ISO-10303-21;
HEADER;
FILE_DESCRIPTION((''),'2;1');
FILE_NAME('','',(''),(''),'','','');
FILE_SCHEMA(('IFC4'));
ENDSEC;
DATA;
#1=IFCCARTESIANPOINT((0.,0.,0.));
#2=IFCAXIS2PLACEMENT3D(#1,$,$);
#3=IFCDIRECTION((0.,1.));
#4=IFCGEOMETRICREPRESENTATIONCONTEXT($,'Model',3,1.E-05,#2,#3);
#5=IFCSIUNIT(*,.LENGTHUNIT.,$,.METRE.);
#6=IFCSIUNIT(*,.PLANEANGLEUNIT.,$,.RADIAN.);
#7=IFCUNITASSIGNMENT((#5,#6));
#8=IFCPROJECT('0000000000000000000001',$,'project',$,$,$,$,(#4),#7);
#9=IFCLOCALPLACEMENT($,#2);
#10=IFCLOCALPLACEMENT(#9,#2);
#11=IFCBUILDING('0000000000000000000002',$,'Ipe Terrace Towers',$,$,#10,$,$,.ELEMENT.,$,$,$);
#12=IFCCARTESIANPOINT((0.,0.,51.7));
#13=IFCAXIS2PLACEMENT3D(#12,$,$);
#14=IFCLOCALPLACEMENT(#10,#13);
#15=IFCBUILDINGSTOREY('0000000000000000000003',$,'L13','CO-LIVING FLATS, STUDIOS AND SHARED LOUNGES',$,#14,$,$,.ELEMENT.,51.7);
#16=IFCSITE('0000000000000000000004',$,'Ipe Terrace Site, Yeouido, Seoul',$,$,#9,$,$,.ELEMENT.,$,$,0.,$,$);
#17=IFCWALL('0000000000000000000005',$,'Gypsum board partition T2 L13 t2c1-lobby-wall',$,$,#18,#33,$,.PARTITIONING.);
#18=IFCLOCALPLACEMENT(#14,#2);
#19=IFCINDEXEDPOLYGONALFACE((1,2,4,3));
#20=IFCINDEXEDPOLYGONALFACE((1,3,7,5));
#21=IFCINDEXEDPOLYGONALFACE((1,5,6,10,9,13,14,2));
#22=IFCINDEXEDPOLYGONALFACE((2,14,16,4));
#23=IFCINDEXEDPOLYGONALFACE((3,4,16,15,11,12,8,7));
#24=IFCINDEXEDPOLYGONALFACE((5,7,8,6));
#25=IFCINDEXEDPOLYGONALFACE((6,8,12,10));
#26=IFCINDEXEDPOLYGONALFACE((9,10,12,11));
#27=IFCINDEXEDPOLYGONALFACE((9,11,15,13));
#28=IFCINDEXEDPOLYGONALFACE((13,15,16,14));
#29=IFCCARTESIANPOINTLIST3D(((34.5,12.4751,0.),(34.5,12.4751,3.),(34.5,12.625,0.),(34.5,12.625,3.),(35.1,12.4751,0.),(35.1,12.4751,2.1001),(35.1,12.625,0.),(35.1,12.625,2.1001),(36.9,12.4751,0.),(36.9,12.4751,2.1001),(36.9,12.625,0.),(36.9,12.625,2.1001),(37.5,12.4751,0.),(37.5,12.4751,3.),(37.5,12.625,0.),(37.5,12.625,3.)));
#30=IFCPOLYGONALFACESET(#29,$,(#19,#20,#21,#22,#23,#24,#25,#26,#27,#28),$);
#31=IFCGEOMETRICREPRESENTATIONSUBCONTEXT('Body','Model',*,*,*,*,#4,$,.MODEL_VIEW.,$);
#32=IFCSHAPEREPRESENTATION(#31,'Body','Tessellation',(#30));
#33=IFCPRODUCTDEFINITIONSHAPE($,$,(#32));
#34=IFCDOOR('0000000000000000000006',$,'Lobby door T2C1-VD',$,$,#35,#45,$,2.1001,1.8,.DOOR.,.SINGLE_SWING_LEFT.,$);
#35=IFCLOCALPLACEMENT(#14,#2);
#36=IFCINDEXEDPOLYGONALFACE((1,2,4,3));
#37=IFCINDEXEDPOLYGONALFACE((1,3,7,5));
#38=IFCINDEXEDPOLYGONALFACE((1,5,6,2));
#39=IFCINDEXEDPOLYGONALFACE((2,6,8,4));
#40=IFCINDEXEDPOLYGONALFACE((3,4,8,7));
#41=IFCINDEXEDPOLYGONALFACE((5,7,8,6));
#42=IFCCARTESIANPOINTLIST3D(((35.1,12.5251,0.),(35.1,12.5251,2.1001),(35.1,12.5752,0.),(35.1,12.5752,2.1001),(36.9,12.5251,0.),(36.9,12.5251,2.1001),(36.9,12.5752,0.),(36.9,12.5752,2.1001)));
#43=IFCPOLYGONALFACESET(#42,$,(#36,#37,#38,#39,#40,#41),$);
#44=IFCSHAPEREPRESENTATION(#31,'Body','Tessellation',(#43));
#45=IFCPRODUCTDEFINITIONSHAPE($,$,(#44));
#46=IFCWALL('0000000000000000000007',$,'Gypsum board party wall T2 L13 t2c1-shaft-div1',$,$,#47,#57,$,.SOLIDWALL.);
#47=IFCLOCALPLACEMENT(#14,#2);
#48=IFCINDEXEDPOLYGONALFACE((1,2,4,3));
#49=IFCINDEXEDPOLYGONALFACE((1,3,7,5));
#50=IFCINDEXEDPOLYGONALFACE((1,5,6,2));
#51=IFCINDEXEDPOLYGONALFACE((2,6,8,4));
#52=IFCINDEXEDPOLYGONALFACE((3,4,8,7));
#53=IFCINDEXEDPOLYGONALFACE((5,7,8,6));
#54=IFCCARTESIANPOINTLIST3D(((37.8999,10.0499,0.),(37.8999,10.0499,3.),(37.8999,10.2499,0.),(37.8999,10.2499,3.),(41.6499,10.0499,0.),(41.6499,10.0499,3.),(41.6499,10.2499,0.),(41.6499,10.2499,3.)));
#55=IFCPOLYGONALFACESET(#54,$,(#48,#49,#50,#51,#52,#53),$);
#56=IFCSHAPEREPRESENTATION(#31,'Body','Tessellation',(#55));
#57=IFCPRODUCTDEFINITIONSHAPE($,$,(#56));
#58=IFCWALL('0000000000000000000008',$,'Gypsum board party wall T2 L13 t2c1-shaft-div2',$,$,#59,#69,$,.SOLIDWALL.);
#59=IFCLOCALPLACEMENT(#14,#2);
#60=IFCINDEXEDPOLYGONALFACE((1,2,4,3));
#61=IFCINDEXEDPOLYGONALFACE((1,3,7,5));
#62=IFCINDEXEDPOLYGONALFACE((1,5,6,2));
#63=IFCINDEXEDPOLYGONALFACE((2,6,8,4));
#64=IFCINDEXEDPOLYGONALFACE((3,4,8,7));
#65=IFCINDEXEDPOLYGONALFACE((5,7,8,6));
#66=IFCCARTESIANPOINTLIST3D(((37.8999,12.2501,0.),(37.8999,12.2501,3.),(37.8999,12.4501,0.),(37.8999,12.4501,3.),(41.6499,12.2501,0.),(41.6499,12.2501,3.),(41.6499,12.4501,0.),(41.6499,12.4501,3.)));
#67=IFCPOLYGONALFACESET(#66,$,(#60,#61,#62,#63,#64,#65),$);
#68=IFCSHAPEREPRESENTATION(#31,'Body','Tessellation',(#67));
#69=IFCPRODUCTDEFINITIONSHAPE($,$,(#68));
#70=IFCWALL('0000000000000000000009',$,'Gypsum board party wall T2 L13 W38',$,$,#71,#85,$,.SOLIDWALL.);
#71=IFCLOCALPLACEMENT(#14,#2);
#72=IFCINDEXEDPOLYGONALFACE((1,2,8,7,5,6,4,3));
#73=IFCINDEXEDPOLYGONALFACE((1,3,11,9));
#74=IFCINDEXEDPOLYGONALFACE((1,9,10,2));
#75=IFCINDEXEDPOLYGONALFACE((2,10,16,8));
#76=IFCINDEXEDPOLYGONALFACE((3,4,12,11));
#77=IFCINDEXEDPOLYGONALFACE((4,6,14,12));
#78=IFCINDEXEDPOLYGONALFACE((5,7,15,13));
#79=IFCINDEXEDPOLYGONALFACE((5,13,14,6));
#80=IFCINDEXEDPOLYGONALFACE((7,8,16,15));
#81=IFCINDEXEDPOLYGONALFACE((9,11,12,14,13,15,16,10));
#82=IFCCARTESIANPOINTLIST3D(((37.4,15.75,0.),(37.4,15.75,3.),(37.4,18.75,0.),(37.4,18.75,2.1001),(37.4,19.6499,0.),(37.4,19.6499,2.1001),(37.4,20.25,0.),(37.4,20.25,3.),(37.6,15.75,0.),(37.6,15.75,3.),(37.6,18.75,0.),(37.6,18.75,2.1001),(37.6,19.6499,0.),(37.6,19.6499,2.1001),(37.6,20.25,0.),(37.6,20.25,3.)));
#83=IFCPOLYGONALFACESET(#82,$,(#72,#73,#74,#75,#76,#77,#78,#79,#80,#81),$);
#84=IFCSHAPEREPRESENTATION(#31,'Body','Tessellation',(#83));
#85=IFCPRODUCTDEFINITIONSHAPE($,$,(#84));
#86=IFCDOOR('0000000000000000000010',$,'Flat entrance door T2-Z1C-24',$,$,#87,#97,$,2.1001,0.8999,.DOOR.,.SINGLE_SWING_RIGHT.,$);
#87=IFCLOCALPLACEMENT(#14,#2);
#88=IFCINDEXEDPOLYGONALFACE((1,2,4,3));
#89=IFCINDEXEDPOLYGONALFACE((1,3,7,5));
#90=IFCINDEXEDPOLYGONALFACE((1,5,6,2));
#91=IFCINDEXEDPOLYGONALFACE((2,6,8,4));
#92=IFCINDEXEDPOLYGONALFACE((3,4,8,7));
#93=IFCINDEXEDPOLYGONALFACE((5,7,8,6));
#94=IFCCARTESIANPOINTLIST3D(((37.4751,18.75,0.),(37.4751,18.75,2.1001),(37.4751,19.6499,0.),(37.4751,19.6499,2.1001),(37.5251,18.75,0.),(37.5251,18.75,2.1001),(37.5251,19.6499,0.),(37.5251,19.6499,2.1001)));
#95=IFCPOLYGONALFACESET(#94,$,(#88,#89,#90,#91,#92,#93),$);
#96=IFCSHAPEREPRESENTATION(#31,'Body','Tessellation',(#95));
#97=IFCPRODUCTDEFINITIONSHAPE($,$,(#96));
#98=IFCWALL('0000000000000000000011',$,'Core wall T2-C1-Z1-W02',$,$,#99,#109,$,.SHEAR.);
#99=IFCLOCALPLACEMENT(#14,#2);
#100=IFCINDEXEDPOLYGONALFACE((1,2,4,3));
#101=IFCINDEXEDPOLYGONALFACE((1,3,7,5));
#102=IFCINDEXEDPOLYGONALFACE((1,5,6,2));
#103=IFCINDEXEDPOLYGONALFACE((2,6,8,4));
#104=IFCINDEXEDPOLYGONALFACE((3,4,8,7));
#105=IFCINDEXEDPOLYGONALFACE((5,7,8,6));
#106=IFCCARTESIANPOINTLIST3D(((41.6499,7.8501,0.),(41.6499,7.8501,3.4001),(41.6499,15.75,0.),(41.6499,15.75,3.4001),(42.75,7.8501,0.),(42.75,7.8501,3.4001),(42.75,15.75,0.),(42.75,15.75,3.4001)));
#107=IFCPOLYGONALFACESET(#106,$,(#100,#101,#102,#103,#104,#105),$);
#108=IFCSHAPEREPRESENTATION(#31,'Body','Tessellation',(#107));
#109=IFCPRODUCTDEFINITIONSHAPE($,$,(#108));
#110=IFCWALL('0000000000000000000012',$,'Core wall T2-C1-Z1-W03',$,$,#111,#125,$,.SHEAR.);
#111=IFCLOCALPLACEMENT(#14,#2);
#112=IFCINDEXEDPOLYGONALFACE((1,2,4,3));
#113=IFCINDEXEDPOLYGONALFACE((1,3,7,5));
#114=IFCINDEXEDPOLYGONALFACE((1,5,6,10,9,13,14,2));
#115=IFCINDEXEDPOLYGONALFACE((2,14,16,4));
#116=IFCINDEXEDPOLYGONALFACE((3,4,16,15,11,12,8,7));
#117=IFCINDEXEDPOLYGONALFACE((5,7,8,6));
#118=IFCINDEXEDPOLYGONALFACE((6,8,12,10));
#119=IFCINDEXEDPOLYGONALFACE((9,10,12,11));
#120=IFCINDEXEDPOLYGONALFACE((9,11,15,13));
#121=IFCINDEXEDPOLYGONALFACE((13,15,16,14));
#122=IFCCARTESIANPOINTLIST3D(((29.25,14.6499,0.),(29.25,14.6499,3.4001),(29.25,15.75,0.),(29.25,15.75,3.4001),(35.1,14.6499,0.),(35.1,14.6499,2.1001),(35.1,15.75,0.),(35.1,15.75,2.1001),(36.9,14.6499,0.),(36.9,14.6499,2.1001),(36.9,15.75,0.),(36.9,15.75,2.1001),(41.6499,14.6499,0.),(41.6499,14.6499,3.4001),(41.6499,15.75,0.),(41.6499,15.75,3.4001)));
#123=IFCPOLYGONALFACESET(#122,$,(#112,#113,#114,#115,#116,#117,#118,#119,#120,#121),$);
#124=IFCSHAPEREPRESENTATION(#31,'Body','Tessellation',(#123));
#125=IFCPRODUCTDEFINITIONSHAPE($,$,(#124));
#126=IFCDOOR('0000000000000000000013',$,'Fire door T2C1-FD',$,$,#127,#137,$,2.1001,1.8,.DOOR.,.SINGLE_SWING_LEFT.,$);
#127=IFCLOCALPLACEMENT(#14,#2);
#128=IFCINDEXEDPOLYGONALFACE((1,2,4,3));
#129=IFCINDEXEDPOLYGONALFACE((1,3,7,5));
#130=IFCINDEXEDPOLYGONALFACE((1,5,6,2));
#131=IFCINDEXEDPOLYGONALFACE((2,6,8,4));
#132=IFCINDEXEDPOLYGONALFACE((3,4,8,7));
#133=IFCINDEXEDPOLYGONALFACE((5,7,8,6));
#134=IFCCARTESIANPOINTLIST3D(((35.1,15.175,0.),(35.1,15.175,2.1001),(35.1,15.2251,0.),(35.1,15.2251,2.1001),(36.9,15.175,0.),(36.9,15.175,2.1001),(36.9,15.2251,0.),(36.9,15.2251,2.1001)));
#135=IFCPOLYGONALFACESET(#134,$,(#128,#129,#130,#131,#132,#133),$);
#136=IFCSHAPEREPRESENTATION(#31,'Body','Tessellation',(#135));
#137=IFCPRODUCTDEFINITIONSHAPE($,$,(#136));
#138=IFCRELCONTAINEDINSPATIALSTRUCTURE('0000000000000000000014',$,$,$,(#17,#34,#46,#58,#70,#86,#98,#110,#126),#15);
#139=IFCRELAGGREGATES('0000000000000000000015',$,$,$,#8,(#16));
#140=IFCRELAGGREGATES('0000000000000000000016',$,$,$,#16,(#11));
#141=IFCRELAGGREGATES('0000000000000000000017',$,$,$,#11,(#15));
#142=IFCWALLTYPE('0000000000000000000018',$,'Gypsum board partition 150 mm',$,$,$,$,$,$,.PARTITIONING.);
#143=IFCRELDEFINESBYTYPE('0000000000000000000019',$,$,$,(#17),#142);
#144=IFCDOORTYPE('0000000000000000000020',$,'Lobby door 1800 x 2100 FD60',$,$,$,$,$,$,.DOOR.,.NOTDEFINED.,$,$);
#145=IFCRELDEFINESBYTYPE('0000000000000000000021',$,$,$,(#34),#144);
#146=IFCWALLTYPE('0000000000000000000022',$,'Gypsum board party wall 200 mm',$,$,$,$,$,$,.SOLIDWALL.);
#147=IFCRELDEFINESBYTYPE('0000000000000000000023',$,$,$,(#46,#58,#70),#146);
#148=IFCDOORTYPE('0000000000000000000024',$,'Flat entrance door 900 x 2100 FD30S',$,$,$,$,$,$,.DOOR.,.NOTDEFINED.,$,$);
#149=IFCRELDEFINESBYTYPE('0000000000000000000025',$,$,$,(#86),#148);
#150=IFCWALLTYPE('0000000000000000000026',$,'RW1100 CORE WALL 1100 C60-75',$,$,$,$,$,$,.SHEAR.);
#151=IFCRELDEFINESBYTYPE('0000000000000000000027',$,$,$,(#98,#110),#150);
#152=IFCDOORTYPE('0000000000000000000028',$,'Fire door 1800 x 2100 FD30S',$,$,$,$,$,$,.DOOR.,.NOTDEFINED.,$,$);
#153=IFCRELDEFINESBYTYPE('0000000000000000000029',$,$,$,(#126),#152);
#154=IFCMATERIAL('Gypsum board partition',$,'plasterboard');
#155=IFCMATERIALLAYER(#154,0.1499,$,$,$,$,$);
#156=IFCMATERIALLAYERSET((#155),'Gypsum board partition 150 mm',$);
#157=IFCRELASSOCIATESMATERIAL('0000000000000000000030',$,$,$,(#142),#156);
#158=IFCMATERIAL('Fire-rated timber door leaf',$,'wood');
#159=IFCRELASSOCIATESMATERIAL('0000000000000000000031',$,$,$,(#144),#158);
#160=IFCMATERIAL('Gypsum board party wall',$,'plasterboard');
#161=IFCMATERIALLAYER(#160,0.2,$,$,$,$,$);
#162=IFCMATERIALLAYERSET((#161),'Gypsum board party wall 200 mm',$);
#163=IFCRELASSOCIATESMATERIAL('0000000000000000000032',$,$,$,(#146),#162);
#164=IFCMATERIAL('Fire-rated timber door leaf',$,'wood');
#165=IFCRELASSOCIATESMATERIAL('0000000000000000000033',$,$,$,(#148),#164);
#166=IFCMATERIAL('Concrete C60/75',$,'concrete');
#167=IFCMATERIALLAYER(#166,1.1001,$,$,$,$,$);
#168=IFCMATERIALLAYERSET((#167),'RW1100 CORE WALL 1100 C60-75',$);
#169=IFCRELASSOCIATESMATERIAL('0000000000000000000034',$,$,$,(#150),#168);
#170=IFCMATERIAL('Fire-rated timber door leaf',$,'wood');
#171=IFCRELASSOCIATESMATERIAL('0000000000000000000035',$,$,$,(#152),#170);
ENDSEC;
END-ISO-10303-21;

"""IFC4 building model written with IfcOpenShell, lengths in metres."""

from ifc_helpers import new_model, si_unit, direction, frame, frame_2d, origin, place, context, subcontext, project, spatial, rectangle, extrude, material, layer, layer_set, type_object, element, fill, save


model = new_model("IFC4")

# Units and contexts
model_context = context("Model", 3, precision=1e-05, world=origin(), true_north=direction((0.0, 1.0)))
body_context = subcontext(model_context, "Body", "Model", "MODEL_VIEW")
ifc_project = project(units=[si_unit("LENGTHUNIT", "METRE"), si_unit("PLANEANGLEUNIT", "RADIAN")], contexts=[model_context])

# Site, building, storey
site_placement = place(None, origin())
site = spatial("IfcSite", under=ifc_project, at=site_placement, Name="Ipe Terrace Site, Yeouido, Seoul", CompositionType="ELEMENT", RefElevation=0.0)
building_placement = place(site_placement, origin())
building = spatial("IfcBuilding", under=site, at=building_placement, Name="Ipe Terrace Towers", CompositionType="ELEMENT")
storey_placement = place(building_placement, frame((0.0, 0.0, 51.7)))
storey = spatial("IfcBuildingStorey", under=building, at=storey_placement, Name="L13", Description="CO-LIVING FLATS, STUDIOS AND SHARED LOUNGES", CompositionType="ELEMENT", Elevation=51.7)

# Wall, opening, door
ifc_material_1 = material(Name="Gypsum board partition", Category="plasterboard")
ifc_layer_1 = layer(ifc_material_1, 0.1499)
ifc_layer_set_1 = layer_set([ifc_layer_1], Name="Gypsum board partition 150 mm")
wall_type_1 = type_object("IfcWallType", Name="Gypsum board partition 150 mm", PredefinedType="PARTITIONING", material=ifc_layer_set_1)
wall_1_placement = place(storey_placement, frame((37.5, 12.55, 0.0), z_axis=(0.0, 0.0, 1.0), x_axis=(-1.0, 0.0, 0.0)))
wall_1 = element("IfcWall", 1, at=wall_1_placement, inside=storey, type_object=wall_type_1, Name="Gypsum board partition T2 L13 t2c1-lobby-wall", PredefinedType="PARTITIONING", context=body_context, shape_type="SweptSolid", body=[
    extrude(rectangle(XDim=3.0, YDim=0.1499, at=frame_2d((1.5, 0.0))), origin(), (0.0, 0.0, 1.0), 3.0),
])
opening_1_placement = place(wall_1_placement, frame((0.6001, 0.0, 0.0)))
opening_1 = element("IfcOpeningElement", 2, at=opening_1_placement, cuts=wall_1, PredefinedType="OPENING", context=body_context, shape_type="SweptSolid", body=[
    extrude(rectangle(XDim=1.8, YDim=2.1001, at=frame_2d((0.8999, 1.05))), frame((0.0, 0.085, 0.0), z_axis=(0.0, -1.0, 0.0), x_axis=(1.0, 0.0, 0.0)), (0.0, 0.0, 1.0), 0.1699),
])
ifc_material_2 = material(Name="Fire-rated timber door leaf", Category="wood")
door_type_1 = type_object("IfcDoorType", Name="Lobby door 1800 x 2100 FD60", OperationType="NOTDEFINED", PredefinedType="DOOR", material=ifc_material_2)
door_1_placement = place(opening_1_placement, origin())
door_1 = element("IfcDoor", 3, at=door_1_placement, inside=storey, type_object=door_type_1, Name="Lobby door T2C1-VD", OperationType="SINGLE_SWING_LEFT", OverallHeight=2.1001, OverallWidth=1.8, PredefinedType="DOOR", context=body_context, shape_type="SweptSolid", body=[
    extrude(rectangle(XDim=1.8, YDim=2.1001, at=frame_2d((0.8999, 1.05))), frame((0.0, 0.0249, 0.0), z_axis=(0.0, -1.0, 0.0), x_axis=(1.0, 0.0, 0.0)), (0.0, 0.0, 1.0), 0.05),
])
fill(opening_1, door_1)

# Walls
ifc_material_3 = material(Name="Gypsum board party wall", Category="plasterboard")
ifc_layer_2 = layer(ifc_material_3, 0.2)
ifc_layer_set_2 = layer_set([ifc_layer_2], Name="Gypsum board party wall 200 mm")
wall_type_2 = type_object("IfcWallType", Name="Gypsum board party wall 200 mm", PredefinedType="SOLIDWALL", material=ifc_layer_set_2)
for number, where, z_axis, x_axis, name in (
    (4, (41.6499, 10.1499, 0.0), (0.0, 0.0, 1.0), (-1.0, 0.0, 0.0), "Gypsum board party wall T2 L13 t2c1-shaft-div1"),
    (5, (41.6499, 12.3501, 0.0), (0.0, 0.0, 1.0), (-1.0, 0.0, 0.0), "Gypsum board party wall T2 L13 t2c1-shaft-div2"),
):
    element("IfcWall", number, at=place(storey_placement, frame(where, z_axis=z_axis, x_axis=x_axis)), inside=storey, type_object=wall_type_2, Name=name, PredefinedType="SOLIDWALL", context=body_context, shape_type="SweptSolid", body=[
        extrude(rectangle(XDim=3.75, YDim=0.2, at=frame_2d((1.875, 0.0))), origin(), (0.0, 0.0, 1.0), 3.0),
    ])

# Wall, opening, door
wall_2_placement = place(storey_placement, frame((37.5, 15.75, 0.0), z_axis=(0.0, 0.0, 1.0), x_axis=(0.0, 1.0, 0.0)))
wall_2 = element("IfcWall", 6, at=wall_2_placement, inside=storey, type_object=wall_type_2, Name="Gypsum board party wall T2 L13 W38", PredefinedType="SOLIDWALL", context=body_context, shape_type="SweptSolid", body=[
    extrude(rectangle(XDim=4.5, YDim=0.2, at=frame_2d((2.25, 0.0))), origin(), (0.0, 0.0, 1.0), 3.0),
])
opening_2_placement = place(wall_2_placement, frame((3.0, 0.0, 0.0)))
opening_2 = element("IfcOpeningElement", 7, at=opening_2_placement, cuts=wall_2, PredefinedType="OPENING", context=body_context, shape_type="SweptSolid", body=[
    extrude(rectangle(XDim=0.8999, YDim=2.1001, at=frame_2d((0.45, 1.05))), frame((0.0, 0.1099, 0.0), z_axis=(0.0, -1.0, 0.0), x_axis=(1.0, 0.0, 0.0)), (0.0, 0.0, 1.0), 0.22),
])
ifc_material_4 = material(Name="Fire-rated timber door leaf", Category="wood")
door_type_2 = type_object("IfcDoorType", Name="Flat entrance door 900 x 2100 FD30S", OperationType="NOTDEFINED", PredefinedType="DOOR", material=ifc_material_4)
door_2_placement = place(opening_2_placement, origin())
door_2 = element("IfcDoor", 8, at=door_2_placement, inside=storey, type_object=door_type_2, Name="Flat entrance door T2-Z1C-24", OperationType="SINGLE_SWING_RIGHT", OverallHeight=2.1001, OverallWidth=0.8999, PredefinedType="DOOR", context=body_context, shape_type="SweptSolid", body=[
    extrude(rectangle(XDim=0.8999, YDim=2.1001, at=frame_2d((0.45, 1.05))), frame((0.0, 0.0249, 0.0), z_axis=(0.0, -1.0, 0.0), x_axis=(1.0, 0.0, 0.0)), (0.0, 0.0, 1.0), 0.05),
])
fill(opening_2, door_2)

# Wall
ifc_material_5 = material(Name="Concrete C60/75", Category="concrete")
ifc_layer_3 = layer(ifc_material_5, 1.1001)
ifc_layer_set_3 = layer_set([ifc_layer_3], Name="RW1100 CORE WALL 1100 C60-75")
wall_type_3 = type_object("IfcWallType", Name="RW1100 CORE WALL 1100 C60-75", PredefinedType="SHEAR", material=ifc_layer_set_3)
wall_3_placement = place(storey_placement, frame((42.2, 7.8501, 0.0), z_axis=(0.0, 0.0, 1.0), x_axis=(0.0, 1.0, 0.0)))
element("IfcWall", 9, at=wall_3_placement, inside=storey, type_object=wall_type_3, Name="Core wall T2-C1-Z1-W02", PredefinedType="SHEAR", context=body_context, shape_type="SweptSolid", body=[
    extrude(rectangle(XDim=7.8999, YDim=1.1001, at=frame_2d((3.95, 0.0))), origin(), (0.0, 0.0, 1.0), 3.4001),
])

# Wall, opening, door
wall_4_placement = place(storey_placement, frame((41.6499, 15.2, 0.0), z_axis=(0.0, 0.0, 1.0), x_axis=(-1.0, 0.0, 0.0)))
wall_4 = element("IfcWall", 10, at=wall_4_placement, inside=storey, type_object=wall_type_3, Name="Core wall T2-C1-Z1-W03", PredefinedType="SHEAR", context=body_context, shape_type="SweptSolid", body=[
    extrude(rectangle(XDim=12.3999, YDim=1.1001, at=frame_2d((6.2, 0.0))), origin(), (0.0, 0.0, 1.0), 3.4001),
])
opening_3_placement = place(wall_4_placement, frame((4.75, 0.0, 0.0)))
opening_3 = element("IfcOpeningElement", 11, at=opening_3_placement, cuts=wall_4, PredefinedType="OPENING", context=body_context, shape_type="SweptSolid", body=[
    extrude(rectangle(XDim=1.8, YDim=2.1001, at=frame_2d((0.8999, 1.05))), frame((0.0, 0.5601, 0.0), z_axis=(0.0, -1.0, 0.0), x_axis=(1.0, 0.0, 0.0)), (0.0, 0.0, 1.0), 1.1201),
])
ifc_material_6 = material(Name="Fire-rated timber door leaf", Category="wood")
door_type_3 = type_object("IfcDoorType", Name="Fire door 1800 x 2100 FD30S", OperationType="NOTDEFINED", PredefinedType="DOOR", material=ifc_material_6)
door_3_placement = place(opening_3_placement, origin())
door_3 = element("IfcDoor", 12, at=door_3_placement, inside=storey, type_object=door_type_3, Name="Fire door T2C1-FD", OperationType="SINGLE_SWING_LEFT", OverallHeight=2.1001, OverallWidth=1.8, PredefinedType="DOOR", context=body_context, shape_type="SweptSolid", body=[
    extrude(rectangle(XDim=1.8, YDim=2.1001, at=frame_2d((0.8999, 1.05))), frame((0.0, 0.0249, 0.0), z_axis=(0.0, -1.0, 0.0), x_axis=(1.0, 0.0, 0.0)), (0.0, 0.0, 1.0), 0.05),
])
fill(opening_3, door_3)

save(model, "model.ifc")
